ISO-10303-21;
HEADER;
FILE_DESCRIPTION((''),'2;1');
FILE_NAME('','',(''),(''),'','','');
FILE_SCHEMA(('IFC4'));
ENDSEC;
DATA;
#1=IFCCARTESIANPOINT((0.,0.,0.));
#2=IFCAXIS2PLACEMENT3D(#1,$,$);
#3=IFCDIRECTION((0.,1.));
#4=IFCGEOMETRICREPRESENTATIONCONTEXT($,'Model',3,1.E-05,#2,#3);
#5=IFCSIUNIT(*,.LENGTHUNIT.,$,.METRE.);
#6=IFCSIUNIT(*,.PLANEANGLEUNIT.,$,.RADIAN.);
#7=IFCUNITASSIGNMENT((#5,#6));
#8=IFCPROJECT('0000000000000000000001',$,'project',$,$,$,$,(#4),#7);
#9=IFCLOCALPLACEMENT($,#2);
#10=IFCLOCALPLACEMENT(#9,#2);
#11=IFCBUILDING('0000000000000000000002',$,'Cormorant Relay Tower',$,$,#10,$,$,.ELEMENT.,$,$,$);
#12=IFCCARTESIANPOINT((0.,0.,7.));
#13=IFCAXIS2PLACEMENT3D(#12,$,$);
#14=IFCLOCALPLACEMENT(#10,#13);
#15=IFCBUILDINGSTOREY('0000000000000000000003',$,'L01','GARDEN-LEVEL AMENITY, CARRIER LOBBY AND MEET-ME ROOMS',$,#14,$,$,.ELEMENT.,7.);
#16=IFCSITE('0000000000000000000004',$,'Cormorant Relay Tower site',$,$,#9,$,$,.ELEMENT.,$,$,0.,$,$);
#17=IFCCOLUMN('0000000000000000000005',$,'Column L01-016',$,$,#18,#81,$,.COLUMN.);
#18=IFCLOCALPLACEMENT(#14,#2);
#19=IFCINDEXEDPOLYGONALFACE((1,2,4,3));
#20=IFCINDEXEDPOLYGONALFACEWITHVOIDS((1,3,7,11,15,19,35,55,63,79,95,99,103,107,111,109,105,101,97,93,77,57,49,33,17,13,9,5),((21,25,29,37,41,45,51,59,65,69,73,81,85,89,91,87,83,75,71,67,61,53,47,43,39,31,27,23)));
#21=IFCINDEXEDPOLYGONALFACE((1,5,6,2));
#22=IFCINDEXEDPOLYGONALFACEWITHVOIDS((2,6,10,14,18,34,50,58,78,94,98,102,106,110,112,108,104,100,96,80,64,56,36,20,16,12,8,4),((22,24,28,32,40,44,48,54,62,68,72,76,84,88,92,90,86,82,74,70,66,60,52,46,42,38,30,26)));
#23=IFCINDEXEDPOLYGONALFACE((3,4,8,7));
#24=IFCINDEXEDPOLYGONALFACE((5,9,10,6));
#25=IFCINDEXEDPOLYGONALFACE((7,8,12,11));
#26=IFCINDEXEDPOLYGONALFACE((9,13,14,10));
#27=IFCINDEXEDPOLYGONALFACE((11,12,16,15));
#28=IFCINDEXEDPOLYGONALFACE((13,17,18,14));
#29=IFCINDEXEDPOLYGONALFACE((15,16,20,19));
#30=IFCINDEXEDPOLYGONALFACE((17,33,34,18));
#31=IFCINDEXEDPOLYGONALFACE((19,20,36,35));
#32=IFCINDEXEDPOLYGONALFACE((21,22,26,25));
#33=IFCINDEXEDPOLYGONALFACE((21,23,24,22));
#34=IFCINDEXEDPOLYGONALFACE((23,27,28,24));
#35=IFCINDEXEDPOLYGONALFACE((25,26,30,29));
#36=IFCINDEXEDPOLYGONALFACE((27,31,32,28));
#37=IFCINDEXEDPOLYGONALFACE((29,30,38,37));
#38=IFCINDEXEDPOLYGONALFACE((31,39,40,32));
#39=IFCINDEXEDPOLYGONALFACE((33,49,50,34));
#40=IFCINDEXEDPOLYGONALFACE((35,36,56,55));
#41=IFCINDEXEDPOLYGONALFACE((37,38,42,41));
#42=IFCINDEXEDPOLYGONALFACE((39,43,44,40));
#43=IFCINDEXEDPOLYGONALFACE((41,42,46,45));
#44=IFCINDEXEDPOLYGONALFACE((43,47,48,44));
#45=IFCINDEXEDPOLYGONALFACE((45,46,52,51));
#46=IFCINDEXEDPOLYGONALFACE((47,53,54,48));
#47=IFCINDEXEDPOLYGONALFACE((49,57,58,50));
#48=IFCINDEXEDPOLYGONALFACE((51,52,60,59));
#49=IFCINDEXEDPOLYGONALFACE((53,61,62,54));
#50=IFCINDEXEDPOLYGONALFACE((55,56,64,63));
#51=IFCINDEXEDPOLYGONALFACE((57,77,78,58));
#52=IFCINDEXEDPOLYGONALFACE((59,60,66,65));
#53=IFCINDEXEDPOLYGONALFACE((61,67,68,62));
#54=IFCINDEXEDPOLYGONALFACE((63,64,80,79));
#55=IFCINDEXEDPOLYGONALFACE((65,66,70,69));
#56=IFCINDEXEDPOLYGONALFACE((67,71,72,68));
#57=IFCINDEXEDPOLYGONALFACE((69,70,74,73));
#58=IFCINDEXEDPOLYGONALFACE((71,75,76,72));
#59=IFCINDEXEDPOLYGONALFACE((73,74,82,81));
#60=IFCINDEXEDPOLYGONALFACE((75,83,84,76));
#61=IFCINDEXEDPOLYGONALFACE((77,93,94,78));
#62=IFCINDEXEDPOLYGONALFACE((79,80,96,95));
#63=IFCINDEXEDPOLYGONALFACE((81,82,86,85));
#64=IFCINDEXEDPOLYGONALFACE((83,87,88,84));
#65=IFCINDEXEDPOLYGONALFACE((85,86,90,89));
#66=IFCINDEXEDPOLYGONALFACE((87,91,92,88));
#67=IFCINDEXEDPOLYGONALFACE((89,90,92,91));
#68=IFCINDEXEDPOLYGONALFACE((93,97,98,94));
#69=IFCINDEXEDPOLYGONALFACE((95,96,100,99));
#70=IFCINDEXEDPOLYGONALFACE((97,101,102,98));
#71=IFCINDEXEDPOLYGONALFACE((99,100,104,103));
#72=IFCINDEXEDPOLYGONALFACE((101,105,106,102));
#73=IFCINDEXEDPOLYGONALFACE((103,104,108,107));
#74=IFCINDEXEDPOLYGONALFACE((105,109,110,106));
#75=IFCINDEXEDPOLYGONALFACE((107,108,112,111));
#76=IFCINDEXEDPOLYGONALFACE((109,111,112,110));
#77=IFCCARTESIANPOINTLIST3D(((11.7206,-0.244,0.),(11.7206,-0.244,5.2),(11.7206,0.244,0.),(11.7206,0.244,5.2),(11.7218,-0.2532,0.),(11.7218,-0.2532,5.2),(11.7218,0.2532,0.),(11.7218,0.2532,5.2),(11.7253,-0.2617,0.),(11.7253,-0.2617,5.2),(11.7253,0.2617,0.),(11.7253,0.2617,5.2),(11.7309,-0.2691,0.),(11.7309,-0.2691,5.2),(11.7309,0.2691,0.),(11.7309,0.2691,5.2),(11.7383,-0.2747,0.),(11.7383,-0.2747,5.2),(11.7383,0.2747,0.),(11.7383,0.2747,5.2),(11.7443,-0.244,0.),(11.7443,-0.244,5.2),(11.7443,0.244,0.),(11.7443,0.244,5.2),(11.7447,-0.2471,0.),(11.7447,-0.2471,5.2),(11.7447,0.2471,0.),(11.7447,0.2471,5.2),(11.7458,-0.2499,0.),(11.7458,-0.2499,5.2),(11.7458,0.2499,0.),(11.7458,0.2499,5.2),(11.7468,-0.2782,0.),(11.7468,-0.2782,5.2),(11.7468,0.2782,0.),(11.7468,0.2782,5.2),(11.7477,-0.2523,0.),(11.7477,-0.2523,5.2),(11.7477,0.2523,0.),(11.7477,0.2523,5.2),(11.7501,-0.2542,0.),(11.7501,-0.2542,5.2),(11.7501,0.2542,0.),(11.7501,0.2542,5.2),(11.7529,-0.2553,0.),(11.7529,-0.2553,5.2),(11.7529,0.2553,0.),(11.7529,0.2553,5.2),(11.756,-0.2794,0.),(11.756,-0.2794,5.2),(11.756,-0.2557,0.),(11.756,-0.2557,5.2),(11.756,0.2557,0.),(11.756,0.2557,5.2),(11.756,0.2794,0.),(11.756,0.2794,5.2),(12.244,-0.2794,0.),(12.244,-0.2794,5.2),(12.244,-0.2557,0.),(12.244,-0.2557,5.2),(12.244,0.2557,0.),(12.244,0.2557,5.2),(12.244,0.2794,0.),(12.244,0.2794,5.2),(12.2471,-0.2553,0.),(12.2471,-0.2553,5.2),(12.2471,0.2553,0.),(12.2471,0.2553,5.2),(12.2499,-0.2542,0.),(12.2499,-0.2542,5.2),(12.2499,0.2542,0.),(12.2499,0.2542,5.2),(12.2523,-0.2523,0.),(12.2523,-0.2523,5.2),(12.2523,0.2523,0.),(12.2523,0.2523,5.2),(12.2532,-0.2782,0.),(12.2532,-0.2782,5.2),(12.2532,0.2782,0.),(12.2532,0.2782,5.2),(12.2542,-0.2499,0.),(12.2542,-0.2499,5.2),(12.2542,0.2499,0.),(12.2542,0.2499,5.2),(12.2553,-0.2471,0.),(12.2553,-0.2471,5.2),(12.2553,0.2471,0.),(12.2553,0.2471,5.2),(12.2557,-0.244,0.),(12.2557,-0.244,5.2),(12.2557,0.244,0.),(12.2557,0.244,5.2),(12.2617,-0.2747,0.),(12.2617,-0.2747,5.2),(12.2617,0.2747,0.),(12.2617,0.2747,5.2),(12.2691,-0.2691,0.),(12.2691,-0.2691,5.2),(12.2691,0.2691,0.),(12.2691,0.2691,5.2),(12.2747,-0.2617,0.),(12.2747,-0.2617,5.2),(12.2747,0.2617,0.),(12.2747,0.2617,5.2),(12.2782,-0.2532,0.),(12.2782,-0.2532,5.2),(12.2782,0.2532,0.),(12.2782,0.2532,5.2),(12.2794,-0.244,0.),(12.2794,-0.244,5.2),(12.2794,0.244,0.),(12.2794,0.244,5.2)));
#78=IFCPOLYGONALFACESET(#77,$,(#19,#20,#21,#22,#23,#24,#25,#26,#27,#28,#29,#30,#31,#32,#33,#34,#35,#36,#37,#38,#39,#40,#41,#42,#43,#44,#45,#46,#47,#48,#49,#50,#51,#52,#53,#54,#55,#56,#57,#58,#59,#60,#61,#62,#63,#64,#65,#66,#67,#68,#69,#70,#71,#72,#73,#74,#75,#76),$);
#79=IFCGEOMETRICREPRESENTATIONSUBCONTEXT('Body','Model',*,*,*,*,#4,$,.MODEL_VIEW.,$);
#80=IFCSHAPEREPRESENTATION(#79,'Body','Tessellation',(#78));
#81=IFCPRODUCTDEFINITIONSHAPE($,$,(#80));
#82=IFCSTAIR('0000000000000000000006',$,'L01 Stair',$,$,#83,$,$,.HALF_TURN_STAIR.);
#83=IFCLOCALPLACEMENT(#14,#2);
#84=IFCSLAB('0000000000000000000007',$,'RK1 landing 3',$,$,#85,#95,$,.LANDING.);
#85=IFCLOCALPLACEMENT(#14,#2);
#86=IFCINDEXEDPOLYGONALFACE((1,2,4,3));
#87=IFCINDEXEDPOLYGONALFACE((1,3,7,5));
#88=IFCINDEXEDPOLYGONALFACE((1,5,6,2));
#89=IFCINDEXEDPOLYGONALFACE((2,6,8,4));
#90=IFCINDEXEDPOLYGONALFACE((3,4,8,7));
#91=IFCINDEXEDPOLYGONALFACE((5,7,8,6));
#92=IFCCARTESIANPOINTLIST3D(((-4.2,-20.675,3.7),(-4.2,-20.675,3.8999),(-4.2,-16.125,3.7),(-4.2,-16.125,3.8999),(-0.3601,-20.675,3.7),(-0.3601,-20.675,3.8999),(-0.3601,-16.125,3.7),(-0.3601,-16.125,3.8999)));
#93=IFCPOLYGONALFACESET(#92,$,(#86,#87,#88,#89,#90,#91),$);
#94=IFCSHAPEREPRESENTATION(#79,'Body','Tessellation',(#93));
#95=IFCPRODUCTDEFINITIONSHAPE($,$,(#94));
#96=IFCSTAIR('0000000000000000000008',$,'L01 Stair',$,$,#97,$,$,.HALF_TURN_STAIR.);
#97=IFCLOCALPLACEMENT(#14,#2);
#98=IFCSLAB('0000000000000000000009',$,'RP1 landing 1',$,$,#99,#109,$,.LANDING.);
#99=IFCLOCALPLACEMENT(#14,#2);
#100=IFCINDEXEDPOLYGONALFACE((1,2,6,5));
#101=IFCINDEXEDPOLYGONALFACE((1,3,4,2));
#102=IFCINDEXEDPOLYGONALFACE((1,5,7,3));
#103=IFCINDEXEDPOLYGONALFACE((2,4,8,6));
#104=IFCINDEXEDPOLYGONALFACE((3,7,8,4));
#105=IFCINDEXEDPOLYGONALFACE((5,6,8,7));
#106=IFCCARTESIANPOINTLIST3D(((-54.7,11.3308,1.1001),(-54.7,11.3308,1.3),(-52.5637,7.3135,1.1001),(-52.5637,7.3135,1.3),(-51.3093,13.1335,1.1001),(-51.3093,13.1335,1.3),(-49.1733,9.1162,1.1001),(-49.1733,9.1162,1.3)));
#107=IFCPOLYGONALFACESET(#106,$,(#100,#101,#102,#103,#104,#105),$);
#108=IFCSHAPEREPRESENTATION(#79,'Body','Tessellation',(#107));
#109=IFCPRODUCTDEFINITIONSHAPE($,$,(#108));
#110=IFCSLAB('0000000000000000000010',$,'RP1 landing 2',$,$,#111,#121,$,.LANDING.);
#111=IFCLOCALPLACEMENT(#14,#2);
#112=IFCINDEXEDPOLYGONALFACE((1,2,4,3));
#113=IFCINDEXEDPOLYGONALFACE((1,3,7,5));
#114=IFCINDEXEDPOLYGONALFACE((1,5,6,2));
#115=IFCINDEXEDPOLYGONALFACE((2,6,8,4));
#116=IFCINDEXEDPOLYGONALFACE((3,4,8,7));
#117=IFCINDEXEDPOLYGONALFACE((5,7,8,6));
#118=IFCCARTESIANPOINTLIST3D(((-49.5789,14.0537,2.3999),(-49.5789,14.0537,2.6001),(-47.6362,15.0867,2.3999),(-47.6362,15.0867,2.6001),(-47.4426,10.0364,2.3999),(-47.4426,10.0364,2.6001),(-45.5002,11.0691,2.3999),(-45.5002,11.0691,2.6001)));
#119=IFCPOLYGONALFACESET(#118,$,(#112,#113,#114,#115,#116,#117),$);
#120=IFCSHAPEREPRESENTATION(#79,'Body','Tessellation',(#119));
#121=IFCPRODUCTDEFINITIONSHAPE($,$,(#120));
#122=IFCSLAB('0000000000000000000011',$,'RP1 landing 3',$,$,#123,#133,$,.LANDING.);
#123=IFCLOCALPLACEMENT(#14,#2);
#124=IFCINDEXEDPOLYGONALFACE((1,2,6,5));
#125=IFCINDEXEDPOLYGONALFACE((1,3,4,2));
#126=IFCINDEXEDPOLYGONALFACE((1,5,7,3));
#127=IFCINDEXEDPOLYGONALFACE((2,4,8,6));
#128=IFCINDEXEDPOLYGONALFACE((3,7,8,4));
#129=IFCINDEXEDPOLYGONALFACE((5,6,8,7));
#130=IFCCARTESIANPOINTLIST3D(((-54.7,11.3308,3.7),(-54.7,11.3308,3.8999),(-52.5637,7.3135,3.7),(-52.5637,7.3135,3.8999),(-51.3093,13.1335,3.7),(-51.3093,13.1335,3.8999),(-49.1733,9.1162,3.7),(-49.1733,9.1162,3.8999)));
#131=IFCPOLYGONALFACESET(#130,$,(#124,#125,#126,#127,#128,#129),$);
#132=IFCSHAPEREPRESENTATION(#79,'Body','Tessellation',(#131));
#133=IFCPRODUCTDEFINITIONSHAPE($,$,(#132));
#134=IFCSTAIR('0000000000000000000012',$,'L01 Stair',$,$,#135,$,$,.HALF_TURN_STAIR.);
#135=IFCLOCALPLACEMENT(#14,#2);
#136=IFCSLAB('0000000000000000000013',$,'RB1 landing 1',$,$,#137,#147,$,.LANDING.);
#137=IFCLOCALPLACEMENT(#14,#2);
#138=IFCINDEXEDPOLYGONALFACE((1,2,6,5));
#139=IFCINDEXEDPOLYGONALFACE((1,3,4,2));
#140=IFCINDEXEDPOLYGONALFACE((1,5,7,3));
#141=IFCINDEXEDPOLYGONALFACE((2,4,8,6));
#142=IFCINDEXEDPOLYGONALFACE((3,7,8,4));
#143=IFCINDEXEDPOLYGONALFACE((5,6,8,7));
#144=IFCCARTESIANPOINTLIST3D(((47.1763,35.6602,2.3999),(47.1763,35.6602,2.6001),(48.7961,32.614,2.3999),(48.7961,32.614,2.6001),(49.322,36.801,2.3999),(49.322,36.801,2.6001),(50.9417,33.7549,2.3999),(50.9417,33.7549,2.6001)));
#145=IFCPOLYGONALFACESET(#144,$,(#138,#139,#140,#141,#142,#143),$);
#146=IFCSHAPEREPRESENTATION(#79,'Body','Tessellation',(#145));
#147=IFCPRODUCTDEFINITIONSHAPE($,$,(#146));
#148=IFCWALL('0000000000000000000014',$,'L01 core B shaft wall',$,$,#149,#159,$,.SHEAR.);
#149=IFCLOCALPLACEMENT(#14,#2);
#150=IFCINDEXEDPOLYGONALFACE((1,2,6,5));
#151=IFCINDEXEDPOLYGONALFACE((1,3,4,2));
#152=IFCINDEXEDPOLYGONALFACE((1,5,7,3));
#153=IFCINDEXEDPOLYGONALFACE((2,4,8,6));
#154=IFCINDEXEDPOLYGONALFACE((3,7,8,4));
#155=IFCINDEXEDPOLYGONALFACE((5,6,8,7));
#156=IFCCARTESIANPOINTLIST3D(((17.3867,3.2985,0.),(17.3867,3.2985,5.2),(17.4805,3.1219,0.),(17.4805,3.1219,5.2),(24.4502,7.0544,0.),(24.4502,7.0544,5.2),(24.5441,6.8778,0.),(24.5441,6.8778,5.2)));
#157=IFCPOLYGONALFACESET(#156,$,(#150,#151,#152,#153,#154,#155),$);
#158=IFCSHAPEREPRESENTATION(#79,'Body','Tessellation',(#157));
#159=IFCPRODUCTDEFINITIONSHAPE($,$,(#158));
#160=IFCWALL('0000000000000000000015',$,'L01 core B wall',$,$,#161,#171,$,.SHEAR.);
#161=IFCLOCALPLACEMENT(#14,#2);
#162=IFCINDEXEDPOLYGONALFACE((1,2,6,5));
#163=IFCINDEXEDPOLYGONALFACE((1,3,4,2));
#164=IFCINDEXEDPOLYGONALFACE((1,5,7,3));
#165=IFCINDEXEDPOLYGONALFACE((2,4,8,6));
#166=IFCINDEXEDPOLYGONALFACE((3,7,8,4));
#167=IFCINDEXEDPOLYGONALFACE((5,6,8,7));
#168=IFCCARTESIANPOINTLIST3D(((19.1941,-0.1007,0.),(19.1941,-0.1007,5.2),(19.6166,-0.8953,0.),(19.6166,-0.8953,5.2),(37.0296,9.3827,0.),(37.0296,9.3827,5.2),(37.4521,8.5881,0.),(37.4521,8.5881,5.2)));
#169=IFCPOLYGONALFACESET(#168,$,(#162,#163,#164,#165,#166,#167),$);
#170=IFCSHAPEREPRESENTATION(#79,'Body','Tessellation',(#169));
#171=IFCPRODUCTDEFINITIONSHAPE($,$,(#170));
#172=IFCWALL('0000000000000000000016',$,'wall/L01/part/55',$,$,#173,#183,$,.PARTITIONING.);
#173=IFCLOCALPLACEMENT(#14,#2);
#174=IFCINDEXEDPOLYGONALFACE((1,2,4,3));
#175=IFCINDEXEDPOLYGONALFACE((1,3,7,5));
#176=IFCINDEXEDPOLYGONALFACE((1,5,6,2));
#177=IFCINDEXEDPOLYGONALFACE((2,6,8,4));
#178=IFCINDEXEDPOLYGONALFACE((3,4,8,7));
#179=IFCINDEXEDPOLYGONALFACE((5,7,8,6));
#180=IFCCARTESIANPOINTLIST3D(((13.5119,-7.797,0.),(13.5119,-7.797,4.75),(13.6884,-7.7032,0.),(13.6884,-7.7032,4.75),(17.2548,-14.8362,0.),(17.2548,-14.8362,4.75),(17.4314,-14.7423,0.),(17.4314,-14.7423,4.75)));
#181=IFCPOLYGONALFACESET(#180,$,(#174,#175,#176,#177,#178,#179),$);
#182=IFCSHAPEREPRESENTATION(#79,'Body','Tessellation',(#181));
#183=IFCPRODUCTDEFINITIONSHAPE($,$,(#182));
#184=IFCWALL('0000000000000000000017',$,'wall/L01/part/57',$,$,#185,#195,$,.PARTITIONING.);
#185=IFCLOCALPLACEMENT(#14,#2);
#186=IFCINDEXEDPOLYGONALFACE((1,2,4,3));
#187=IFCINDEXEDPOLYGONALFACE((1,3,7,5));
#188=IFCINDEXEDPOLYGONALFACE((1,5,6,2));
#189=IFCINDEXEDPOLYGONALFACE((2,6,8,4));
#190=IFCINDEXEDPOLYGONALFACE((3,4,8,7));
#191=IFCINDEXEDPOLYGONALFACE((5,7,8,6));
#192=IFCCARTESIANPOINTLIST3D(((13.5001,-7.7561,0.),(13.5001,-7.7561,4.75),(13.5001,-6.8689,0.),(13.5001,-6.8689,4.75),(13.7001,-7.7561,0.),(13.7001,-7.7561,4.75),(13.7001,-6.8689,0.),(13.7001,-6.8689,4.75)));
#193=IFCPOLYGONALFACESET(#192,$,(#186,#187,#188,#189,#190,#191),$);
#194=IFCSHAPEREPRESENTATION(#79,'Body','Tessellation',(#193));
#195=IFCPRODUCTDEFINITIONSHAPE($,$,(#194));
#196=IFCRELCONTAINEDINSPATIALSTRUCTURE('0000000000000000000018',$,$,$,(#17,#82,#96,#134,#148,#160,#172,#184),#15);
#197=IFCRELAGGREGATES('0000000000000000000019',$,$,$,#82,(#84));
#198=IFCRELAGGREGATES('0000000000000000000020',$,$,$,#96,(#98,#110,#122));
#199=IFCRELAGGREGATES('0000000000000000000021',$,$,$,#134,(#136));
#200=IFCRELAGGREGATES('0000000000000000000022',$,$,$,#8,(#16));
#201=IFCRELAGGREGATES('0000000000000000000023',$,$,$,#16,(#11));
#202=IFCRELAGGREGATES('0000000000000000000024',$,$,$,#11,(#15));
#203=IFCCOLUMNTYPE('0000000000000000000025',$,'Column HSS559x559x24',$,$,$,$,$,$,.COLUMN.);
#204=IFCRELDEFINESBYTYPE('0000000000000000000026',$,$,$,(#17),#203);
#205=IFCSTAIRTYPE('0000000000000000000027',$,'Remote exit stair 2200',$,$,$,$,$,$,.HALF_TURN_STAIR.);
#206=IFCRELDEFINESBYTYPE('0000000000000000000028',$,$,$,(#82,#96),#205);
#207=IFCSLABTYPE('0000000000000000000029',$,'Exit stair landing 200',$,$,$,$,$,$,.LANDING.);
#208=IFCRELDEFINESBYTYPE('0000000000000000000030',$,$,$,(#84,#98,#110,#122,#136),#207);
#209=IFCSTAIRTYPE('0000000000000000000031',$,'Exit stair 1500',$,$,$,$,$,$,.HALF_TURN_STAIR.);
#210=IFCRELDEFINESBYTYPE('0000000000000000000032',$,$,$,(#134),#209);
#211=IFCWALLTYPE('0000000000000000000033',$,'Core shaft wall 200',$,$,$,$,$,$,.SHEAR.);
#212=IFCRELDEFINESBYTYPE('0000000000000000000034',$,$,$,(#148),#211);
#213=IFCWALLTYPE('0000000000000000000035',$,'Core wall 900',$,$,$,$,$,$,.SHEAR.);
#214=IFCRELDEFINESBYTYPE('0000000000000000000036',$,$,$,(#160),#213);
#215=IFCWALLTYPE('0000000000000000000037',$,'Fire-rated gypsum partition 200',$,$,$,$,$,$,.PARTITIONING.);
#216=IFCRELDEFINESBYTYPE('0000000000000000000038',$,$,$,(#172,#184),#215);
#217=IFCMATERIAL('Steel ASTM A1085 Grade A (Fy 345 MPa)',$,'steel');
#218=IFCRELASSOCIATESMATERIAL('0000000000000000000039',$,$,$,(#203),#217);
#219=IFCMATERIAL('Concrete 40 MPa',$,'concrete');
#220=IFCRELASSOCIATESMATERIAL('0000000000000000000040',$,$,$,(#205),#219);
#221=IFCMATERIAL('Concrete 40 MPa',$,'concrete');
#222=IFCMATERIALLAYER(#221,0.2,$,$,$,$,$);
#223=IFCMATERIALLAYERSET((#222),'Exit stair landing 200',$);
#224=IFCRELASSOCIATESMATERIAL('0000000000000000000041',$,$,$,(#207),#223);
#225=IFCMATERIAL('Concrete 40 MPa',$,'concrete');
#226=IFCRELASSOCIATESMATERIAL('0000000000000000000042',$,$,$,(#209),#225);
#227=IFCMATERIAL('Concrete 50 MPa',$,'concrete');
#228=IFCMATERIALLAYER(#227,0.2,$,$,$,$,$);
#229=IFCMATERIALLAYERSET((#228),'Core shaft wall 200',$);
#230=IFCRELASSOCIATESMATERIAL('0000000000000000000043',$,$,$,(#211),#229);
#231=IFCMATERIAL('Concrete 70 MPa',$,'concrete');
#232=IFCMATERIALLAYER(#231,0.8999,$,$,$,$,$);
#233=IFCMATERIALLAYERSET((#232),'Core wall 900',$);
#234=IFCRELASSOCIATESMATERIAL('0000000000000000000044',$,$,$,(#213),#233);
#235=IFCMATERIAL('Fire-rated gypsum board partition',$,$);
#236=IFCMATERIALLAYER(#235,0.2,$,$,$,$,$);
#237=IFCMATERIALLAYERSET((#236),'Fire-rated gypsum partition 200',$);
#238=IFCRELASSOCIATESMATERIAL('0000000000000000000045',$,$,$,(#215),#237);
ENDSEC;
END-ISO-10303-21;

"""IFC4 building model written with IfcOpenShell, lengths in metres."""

from ifc_helpers import new_model, si_unit, direction, frame, frame_2d, origin, origin_2d, place, context, subcontext, project, spatial, polyline, rectangle, hollow_rectangle, outline, extrude, material, layer, layer_set, material_profile, profile_set, type_object, element, aggregate, save


model = new_model("IFC4")

# Units and contexts
model_context = context("Model", 3, precision=1e-05, world=origin(), true_north=direction((0.0, 1.0)))
body_context = subcontext(model_context, "Body", "Model", "MODEL_VIEW")
ifc_project = project(units=[si_unit("LENGTHUNIT", "METRE"), si_unit("PLANEANGLEUNIT", "RADIAN")], contexts=[model_context])

# Site, building, storey
site_placement = place(None, origin())
site = spatial("IfcSite", under=ifc_project, at=site_placement, Name="Cormorant Relay Tower site", CompositionType="ELEMENT", RefElevation=0.0)
building_placement = place(site_placement, origin())
building = spatial("IfcBuilding", under=site, at=building_placement, Name="Cormorant Relay Tower", CompositionType="ELEMENT")
storey_placement = place(building_placement, frame((0.0, 0.0, 7.0)))
storey = spatial("IfcBuildingStorey", under=building, at=storey_placement, Name="L01", Description="GARDEN-LEVEL AMENITY, CARRIER LOBBY AND MEET-ME ROOMS", CompositionType="ELEMENT", Elevation=7.0)

# Column
ifc_material_1 = material(Name="Steel ASTM A1085 Grade A (Fy 345 MPa)", Category="steel")
ifc_material_profile = material_profile(ifc_material_1, hollow_rectangle(XDim=0.5588, YDim=0.5588, WallThickness=0.0237, InnerFilletRadius=0.0117, OuterFilletRadius=0.0354, at=origin_2d()), Name="HSS559x559x24")
ifc_profile_set = profile_set([ifc_material_profile], Name="Steel ASTM A1085 Grade A (Fy 345 MPa)")
column_type = type_object("IfcColumnType", Name="Column HSS559x559x24", PredefinedType="COLUMN", material=ifc_profile_set)
column_placement = place(storey_placement, frame((12.0, 0.0, 0.0), z_axis=(0.0, 0.0, 1.0), x_axis=(1.0, 0.0, 0.0)))
element("IfcColumn", 1, at=column_placement, inside=storey, type_object=column_type, Name="Column L01-016", PredefinedType="COLUMN", context=body_context, shape_type="SweptSolid", body=[
    extrude(hollow_rectangle(XDim=0.5588, YDim=0.5588, WallThickness=0.0237, InnerFilletRadius=0.0117, OuterFilletRadius=0.0354, at=origin_2d()), origin(), (0.0, 0.0, 1.0), 5.2),
])

# Stair, slab
ifc_material_2 = material(Name="Concrete 40 MPa", Category="concrete")
stair_type_1 = type_object("IfcStairType", Name="Remote exit stair 2200", PredefinedType="HALF_TURN_STAIR", material=ifc_material_2)
stair_1_placement = place(storey_placement, origin())
stair_1 = element("IfcStair", 2, at=stair_1_placement, inside=storey, type_object=stair_type_1, Name="L01 Stair", PredefinedType="HALF_TURN_STAIR")
ifc_material_3 = material(Name="Concrete 40 MPa", Category="concrete")
ifc_layer_1 = layer(ifc_material_3, 0.2)
ifc_layer_set_1 = layer_set([ifc_layer_1], Name="Exit stair landing 200")
slab_type = type_object("IfcSlabType", Name="Exit stair landing 200", PredefinedType="LANDING", material=ifc_layer_set_1)
slab_1_placement = place(storey_placement, frame((0.0, 0.0, 3.7)))
slab_1 = element("IfcSlab", 3, at=slab_1_placement, type_object=slab_type, Name="RK1 landing 3", PredefinedType="LANDING", context=body_context, shape_type="SweptSolid", body=[
    extrude(outline(polyline([(-0.3601, -16.125), (-4.2, -16.125), (-4.2, -20.675), (-0.3601, -20.675), (-0.3601, -16.125)])), origin(), (0.0, 0.0, 1.0), 0.2),
])
aggregate(stair_1, [slab_1])

# Stair, slabs
stair_2_placement = place(storey_placement, origin())
stair_2 = element("IfcStair", 4, at=stair_2_placement, inside=storey, type_object=stair_type_1, Name="L01 Stair", PredefinedType="HALF_TURN_STAIR")
slab_2_placement = place(storey_placement, frame((0.0, 0.0, 1.1001)))
slab_2 = element("IfcSlab", 5, at=slab_2_placement, type_object=slab_type, Name="RP1 landing 1", PredefinedType="LANDING", context=body_context, shape_type="SweptSolid", body=[
    extrude(outline(polyline([(-51.3093, 13.1335), (-54.7, 11.3308), (-52.5637, 7.3135), (-49.1733, 9.1162), (-51.3093, 13.1335)])), origin(), (0.0, 0.0, 1.0), 0.2),
])
slab_3_placement = place(storey_placement, frame((0.0, 0.0, 2.3999)))
slab_3 = element("IfcSlab", 6, at=slab_3_placement, type_object=slab_type, Name="RP1 landing 2", PredefinedType="LANDING", context=body_context, shape_type="SweptSolid", body=[
    extrude(outline(polyline([(-47.6362, 15.0867), (-49.5789, 14.0537), (-47.4426, 10.0364), (-45.5002, 11.0691), (-47.6362, 15.0867)])), origin(), (0.0, 0.0, 1.0), 0.2002),
])
slab_4_placement = place(storey_placement, frame((0.0, 0.0, 3.7)))
slab_4 = element("IfcSlab", 7, at=slab_4_placement, type_object=slab_type, Name="RP1 landing 3", PredefinedType="LANDING", context=body_context, shape_type="SweptSolid", body=[
    extrude(outline(polyline([(-51.3093, 13.1335), (-54.7, 11.3308), (-52.5637, 7.3135), (-49.1733, 9.1162), (-51.3093, 13.1335)])), origin(), (0.0, 0.0, 1.0), 0.2),
])
aggregate(stair_2, [slab_2, slab_3, slab_4])

# Stair, slab
ifc_material_4 = material(Name="Concrete 40 MPa", Category="concrete")
stair_type_2 = type_object("IfcStairType", Name="Exit stair 1500", PredefinedType="HALF_TURN_STAIR", material=ifc_material_4)
stair_3_placement = place(storey_placement, origin())
stair_3 = element("IfcStair", 8, at=stair_3_placement, inside=storey, type_object=stair_type_2, Name="L01 Stair", PredefinedType="HALF_TURN_STAIR")
slab_5_placement = place(storey_placement, frame((0.0, 0.0, 2.3999)))
slab_5 = element("IfcSlab", 9, at=slab_5_placement, type_object=slab_type, Name="RB1 landing 1", PredefinedType="LANDING", context=body_context, shape_type="SweptSolid", body=[
    extrude(outline(polyline([(48.7961, 32.614), (50.9417, 33.7549), (49.322, 36.801), (47.1763, 35.6602), (48.7961, 32.614)])), origin(), (0.0, 0.0, 1.0), 0.2002),
])
aggregate(stair_3, [slab_5])

# Wall
ifc_material_5 = material(Name="Concrete 50 MPa", Category="concrete")
ifc_layer_2 = layer(ifc_material_5, 0.2)
ifc_layer_set_2 = layer_set([ifc_layer_2], Name="Core shaft wall 200")
wall_type_1 = type_object("IfcWallType", Name="Core shaft wall 200", PredefinedType="SHEAR", material=ifc_layer_set_2)
wall_1_placement = place(storey_placement, frame((17.4336, 3.2102, 0.0), z_axis=(0.0, 0.0, 1.0), x_axis=(0.88294, 0.469485, 0.0)))
element("IfcWall", 10, at=wall_1_placement, inside=storey, type_object=wall_type_1, Name="L01 core B shaft wall", PredefinedType="SHEAR", context=body_context, shape_type="SweptSolid", body=[
    extrude(rectangle(XDim=8.0, YDim=0.2, at=frame_2d((4.0, 0.0))), origin(), (0.0, 0.0, 1.0), 5.2),
])

# Shared definitions
ifc_material_6 = material(Name="Concrete 70 MPa", Category="concrete")
ifc_layer_3 = layer(ifc_material_6, 0.8999)
ifc_layer_set_3 = layer_set([ifc_layer_3], Name="Core wall 900")
wall_type_2 = type_object("IfcWallType", Name="Core wall 900", PredefinedType="SHEAR", material=ifc_layer_set_3)

# Walls
wall_2_placement = place(storey_placement, frame((19.4053, -0.498, 0.0), z_axis=(0.0, 0.0, 1.0), x_axis=(0.882945, 0.469476, 0.0)))
element("IfcWall", 11, at=wall_2_placement, inside=storey, type_object=wall_type_2, Name="L01 core B wall", PredefinedType="SHEAR", context=body_context, shape_type="SweptSolid", body=[
    extrude(rectangle(XDim=20.2, YDim=0.8999, at=frame_2d((10.1001, 0.0))), origin(), (0.0, 0.0, 1.0), 5.2),
])
ifc_material_7 = material(Name="Fire-rated gypsum board partition")
ifc_layer_4 = layer(ifc_material_7, 0.2)
ifc_layer_set_4 = layer_set([ifc_layer_4], Name="Fire-rated gypsum partition 200")
wall_type_3 = type_object("IfcWallType", Name="Fire-rated gypsum partition 200", PredefinedType="PARTITIONING", material=ifc_layer_set_4)
wall_3_placement = place(storey_placement, frame((13.6001, -7.75, 0.0), z_axis=(0.0, 0.0, 1.0), x_axis=(0.46949, -0.882938, 0.0)))
element("IfcWall", 12, at=wall_3_placement, inside=storey, type_object=wall_type_3, Name="wall/L01/part/55", PredefinedType="PARTITIONING", context=body_context, shape_type="SweptSolid", body=[
    extrude(rectangle(XDim=7.9724, YDim=0.2, at=frame_2d((3.9863, 0.0))), origin(), (0.0, 0.0, 1.0), 4.75),
])
wall_4_placement = place(storey_placement, frame((13.6001, -6.8689, 0.0), z_axis=(0.0, 0.0, 1.0), x_axis=(0.0, -1.0, 0.0)))
element("IfcWall", 13, at=wall_4_placement, inside=storey, type_object=wall_type_3, Name="wall/L01/part/57", PredefinedType="PARTITIONING", context=body_context, shape_type="SweptSolid", body=[
    extrude(rectangle(XDim=0.8872, YDim=0.2, at=frame_2d((0.4436, 0.0))), origin(), (0.0, 0.0, 1.0), 4.75),
])

save(model, "model.ifc")
